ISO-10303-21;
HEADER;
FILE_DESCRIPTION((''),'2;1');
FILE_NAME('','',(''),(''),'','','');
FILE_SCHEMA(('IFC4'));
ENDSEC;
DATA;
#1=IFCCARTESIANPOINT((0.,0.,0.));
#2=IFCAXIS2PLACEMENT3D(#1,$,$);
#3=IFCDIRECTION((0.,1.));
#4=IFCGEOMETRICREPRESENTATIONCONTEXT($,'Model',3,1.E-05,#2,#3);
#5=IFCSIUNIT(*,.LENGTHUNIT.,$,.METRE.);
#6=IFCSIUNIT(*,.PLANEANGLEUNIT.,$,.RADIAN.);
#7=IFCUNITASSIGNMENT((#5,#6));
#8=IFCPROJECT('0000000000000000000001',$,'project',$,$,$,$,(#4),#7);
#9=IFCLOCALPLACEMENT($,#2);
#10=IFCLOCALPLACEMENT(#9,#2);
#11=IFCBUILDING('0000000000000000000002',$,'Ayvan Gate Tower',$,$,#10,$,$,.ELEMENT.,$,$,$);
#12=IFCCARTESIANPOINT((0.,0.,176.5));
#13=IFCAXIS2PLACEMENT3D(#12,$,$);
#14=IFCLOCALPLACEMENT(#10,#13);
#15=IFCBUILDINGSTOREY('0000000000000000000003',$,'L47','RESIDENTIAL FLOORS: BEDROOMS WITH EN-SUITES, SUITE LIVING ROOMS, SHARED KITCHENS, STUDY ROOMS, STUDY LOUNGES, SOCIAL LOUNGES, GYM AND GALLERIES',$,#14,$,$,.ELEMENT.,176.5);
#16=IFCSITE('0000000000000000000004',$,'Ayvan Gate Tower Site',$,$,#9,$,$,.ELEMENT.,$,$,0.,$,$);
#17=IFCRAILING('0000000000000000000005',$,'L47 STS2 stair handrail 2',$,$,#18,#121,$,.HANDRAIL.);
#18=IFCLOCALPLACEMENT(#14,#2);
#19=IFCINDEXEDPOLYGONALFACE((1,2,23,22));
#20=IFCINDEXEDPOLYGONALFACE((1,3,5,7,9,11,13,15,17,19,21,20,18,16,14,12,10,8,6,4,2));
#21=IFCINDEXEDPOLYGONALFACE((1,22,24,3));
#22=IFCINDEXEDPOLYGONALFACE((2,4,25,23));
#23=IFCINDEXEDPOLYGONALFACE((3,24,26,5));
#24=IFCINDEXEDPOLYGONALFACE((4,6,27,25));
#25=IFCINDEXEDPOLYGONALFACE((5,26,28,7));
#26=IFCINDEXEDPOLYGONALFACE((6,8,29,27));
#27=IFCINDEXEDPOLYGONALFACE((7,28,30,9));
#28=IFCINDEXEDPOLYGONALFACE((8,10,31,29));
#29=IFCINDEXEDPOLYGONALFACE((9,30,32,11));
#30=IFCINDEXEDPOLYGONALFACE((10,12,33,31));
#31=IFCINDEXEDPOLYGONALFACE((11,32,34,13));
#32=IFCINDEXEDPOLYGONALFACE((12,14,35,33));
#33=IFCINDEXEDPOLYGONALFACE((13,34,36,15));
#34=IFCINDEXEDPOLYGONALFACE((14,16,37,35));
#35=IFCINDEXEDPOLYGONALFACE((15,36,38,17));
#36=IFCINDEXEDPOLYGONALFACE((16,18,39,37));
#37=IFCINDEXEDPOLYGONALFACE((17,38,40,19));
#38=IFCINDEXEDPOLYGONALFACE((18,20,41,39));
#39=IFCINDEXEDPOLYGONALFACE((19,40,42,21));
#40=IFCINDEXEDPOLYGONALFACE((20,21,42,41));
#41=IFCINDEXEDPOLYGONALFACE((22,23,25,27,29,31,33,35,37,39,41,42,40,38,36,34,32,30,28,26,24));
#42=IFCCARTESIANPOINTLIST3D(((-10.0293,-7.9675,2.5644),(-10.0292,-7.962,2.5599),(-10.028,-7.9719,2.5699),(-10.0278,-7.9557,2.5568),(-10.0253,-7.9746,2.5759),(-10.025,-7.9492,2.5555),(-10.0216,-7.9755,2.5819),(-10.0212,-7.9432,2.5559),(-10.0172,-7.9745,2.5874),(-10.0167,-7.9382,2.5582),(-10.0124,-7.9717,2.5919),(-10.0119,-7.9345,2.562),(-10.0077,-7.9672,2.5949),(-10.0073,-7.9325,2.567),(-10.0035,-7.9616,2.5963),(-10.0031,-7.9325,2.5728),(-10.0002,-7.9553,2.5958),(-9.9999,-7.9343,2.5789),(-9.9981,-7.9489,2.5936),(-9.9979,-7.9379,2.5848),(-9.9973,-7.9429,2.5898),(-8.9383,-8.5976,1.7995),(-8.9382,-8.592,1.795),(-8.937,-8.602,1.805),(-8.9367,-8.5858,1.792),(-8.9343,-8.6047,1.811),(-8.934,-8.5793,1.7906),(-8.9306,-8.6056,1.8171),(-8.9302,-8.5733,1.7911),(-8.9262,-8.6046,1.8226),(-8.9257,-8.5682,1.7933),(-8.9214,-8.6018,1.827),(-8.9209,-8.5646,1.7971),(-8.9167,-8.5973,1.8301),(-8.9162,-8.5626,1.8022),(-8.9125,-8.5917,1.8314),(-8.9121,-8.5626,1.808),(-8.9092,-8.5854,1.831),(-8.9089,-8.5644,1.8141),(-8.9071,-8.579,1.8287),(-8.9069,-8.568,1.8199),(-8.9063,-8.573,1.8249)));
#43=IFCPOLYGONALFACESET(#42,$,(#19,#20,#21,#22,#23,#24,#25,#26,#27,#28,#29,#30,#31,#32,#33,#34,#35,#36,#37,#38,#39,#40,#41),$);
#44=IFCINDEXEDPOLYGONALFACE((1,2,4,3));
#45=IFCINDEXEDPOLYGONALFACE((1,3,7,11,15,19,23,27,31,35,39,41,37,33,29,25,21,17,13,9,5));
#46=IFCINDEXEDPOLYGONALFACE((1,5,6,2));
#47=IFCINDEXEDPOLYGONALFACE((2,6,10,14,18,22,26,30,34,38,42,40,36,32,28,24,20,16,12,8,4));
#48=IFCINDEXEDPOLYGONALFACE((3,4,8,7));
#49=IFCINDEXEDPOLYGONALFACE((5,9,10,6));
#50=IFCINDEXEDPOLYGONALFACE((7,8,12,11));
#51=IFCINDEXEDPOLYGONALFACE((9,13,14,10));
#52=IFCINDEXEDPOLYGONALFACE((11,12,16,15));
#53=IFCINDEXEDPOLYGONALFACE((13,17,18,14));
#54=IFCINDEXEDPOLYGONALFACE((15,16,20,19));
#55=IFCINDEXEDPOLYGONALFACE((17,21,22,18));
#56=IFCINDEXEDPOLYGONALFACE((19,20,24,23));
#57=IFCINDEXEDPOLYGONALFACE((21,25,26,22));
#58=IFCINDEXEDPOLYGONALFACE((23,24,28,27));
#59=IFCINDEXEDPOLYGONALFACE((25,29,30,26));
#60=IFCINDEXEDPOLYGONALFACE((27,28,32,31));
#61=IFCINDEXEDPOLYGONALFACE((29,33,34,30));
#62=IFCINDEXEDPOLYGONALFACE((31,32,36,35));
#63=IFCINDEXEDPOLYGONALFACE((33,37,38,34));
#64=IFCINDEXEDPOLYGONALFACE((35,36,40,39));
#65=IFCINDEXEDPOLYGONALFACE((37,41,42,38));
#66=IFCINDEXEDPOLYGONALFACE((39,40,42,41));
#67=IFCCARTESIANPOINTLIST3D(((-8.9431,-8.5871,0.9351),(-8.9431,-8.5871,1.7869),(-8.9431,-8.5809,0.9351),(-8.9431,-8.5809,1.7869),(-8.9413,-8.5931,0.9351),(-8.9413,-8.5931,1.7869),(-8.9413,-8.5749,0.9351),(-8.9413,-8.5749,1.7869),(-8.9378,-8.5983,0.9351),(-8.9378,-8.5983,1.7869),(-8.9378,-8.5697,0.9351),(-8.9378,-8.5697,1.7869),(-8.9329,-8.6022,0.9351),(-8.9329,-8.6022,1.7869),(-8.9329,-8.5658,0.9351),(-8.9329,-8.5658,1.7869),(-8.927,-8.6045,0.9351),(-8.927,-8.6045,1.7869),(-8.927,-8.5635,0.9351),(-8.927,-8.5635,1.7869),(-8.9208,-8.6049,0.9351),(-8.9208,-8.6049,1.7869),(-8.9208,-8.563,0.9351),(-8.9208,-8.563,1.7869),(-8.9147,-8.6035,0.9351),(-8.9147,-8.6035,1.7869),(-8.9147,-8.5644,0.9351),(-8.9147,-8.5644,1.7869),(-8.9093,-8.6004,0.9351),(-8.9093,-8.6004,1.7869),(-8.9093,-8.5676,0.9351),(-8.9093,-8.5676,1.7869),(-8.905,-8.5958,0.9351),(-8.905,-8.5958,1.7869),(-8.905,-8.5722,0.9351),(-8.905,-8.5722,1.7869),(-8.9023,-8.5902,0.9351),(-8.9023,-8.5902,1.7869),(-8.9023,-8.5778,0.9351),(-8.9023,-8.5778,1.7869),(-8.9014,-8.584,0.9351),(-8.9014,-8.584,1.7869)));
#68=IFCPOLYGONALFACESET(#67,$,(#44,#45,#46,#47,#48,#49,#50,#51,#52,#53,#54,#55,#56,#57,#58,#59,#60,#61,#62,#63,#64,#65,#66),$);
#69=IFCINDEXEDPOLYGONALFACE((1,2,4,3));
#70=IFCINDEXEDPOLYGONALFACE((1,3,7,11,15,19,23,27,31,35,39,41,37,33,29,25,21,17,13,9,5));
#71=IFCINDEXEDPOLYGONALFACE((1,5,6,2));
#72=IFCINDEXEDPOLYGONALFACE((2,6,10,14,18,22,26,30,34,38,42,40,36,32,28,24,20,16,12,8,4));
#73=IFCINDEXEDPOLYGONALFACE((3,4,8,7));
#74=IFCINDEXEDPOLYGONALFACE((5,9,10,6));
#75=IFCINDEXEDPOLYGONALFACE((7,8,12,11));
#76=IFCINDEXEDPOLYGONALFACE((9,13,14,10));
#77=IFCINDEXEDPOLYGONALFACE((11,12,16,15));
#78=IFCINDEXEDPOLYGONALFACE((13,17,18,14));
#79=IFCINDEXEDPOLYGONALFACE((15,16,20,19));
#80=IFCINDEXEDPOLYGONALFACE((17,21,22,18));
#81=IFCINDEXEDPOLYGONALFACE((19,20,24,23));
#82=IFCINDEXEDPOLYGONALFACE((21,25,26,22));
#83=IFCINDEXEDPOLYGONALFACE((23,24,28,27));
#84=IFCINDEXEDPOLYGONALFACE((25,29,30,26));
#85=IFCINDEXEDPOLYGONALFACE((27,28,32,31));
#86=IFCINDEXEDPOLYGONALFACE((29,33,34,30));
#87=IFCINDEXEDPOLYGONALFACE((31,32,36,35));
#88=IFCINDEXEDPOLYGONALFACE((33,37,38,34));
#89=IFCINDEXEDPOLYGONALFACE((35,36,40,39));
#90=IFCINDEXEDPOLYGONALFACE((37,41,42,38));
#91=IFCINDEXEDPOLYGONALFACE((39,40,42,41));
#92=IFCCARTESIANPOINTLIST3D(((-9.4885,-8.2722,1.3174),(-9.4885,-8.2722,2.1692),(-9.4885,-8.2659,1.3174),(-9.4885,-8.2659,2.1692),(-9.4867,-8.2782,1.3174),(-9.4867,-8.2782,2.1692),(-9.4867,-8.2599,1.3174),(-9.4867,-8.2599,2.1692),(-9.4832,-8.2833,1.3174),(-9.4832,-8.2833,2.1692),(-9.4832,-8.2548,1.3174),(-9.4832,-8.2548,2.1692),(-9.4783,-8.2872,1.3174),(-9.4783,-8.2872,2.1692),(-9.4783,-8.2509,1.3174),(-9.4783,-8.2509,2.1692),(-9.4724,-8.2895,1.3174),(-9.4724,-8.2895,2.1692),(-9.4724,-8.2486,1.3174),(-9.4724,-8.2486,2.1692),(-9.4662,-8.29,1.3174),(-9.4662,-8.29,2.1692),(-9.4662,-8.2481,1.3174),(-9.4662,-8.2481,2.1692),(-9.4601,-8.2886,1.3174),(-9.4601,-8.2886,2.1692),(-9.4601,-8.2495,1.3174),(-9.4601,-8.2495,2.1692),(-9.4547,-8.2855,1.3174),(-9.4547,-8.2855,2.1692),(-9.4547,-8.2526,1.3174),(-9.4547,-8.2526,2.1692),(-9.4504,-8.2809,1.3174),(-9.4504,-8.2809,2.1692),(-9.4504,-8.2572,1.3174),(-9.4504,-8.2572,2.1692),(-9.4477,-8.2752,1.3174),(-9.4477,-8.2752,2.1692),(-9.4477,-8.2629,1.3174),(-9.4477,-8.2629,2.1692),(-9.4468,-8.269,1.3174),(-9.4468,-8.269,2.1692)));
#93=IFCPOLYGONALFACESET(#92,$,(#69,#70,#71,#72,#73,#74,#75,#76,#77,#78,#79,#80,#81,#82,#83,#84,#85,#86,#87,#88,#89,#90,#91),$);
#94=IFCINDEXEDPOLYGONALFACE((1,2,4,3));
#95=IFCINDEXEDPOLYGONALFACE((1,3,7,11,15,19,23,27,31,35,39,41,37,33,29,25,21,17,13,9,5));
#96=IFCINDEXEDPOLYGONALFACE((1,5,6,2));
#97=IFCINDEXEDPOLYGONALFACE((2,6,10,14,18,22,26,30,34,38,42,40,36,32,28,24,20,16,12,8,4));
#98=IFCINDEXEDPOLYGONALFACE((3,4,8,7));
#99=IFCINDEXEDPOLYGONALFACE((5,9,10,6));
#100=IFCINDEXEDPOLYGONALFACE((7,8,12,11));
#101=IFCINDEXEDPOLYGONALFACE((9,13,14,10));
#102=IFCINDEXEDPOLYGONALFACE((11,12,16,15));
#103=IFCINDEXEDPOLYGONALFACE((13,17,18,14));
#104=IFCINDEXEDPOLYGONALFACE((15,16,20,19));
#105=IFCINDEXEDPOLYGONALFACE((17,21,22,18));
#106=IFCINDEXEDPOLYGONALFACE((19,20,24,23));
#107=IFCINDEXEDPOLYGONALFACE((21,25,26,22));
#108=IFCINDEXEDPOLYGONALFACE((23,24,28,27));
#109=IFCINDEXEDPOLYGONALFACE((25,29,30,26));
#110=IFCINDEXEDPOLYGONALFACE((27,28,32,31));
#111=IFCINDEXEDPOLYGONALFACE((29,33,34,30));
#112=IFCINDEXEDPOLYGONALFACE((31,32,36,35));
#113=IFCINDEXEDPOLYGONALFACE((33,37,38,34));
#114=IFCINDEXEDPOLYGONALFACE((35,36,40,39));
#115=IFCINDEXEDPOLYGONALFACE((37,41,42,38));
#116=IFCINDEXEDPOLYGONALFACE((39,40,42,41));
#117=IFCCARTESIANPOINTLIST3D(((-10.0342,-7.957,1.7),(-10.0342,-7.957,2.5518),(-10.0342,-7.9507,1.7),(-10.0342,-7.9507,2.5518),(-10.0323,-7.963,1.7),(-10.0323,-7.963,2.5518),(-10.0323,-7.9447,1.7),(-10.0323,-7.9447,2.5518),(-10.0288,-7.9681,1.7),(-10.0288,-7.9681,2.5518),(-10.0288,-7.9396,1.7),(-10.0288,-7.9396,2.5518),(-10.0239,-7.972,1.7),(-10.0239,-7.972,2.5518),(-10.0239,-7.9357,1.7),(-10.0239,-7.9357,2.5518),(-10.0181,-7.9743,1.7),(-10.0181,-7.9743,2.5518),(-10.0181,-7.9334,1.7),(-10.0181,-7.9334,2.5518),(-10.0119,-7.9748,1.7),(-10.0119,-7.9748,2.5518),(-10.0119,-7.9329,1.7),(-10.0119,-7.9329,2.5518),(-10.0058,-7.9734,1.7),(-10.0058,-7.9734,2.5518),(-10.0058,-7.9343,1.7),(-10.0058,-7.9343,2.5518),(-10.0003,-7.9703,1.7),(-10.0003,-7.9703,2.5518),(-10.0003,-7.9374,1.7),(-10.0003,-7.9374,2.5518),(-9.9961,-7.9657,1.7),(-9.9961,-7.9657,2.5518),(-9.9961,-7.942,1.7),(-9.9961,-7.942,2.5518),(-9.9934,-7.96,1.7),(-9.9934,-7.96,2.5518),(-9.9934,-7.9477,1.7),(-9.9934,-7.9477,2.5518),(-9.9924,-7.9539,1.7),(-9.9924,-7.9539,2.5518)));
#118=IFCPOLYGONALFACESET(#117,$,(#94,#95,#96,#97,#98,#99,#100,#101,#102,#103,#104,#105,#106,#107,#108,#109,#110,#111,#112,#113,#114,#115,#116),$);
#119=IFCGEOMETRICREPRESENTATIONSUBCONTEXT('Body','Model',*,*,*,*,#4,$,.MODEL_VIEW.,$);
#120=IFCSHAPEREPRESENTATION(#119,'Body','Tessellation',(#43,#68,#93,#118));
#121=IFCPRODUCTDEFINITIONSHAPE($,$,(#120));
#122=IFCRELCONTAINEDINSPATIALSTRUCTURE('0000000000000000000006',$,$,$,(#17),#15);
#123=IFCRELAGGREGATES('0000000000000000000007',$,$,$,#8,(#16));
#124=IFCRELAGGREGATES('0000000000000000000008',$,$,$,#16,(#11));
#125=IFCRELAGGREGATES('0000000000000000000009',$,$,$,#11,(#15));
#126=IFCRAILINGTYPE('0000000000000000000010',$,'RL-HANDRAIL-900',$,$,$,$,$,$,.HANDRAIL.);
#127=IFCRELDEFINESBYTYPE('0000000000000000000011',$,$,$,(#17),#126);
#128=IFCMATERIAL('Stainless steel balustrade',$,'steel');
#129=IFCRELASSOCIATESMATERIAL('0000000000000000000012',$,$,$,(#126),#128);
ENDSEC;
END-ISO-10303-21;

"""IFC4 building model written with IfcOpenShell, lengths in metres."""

from ifc_helpers import new_model, si_unit, direction, frame, origin, origin_2d, place, context, subcontext, project, spatial, circle, extrude, material, type_object, element, save


model = new_model("IFC4")

# Units and contexts
model_context = context("Model", 3, precision=1e-05, world=origin(), true_north=direction((0.0, 1.0)))
body_context = subcontext(model_context, "Body", "Model", "MODEL_VIEW")
ifc_project = project(units=[si_unit("LENGTHUNIT", "METRE"), si_unit("PLANEANGLEUNIT", "RADIAN")], contexts=[model_context])

# Site, building, storey
site_placement = place(None, origin())
site = spatial("IfcSite", under=ifc_project, at=site_placement, Name="Ayvan Gate Tower Site", CompositionType="ELEMENT", RefElevation=0.0)
building_placement = place(site_placement, origin())
building = spatial("IfcBuilding", under=site, at=building_placement, Name="Ayvan Gate Tower", CompositionType="ELEMENT")
storey_placement = place(building_placement, frame((0.0, 0.0, 176.5)))
storey = spatial("IfcBuildingStorey", under=building, at=storey_placement, Name="L47", Description="RESIDENTIAL FLOORS: BEDROOMS WITH EN-SUITES, SUITE LIVING ROOMS, SHARED KITCHENS, STUDY ROOMS, STUDY LOUNGES, SOCIAL LOUNGES, GYM AND GALLERIES", CompositionType="ELEMENT", Elevation=176.5)

# Railing
ifc_material_1 = material(Name="Stainless steel balustrade", Category="steel")
railing_type_1 = type_object("IfcRailingType", Name="RL-HANDRAIL-900", PredefinedType="HANDRAIL", material=ifc_material_1)
railing_1_placement = place(storey_placement, frame((-8.9224, -8.584, 0.9351)))
element("IfcRailing", 1, at=railing_1_placement, inside=storey, type_object=railing_type_1, Name="L47 STS2 stair handrail 2", PredefinedType="HANDRAIL", context=body_context, shape_type="SweptSolid", body=[
    extrude(circle(Radius=0.0239, at=origin_2d()), frame((0.0, 0.0, 0.876), z_axis=(-0.740229, 0.427508, 0.518939), x_axis=(-0.500119, -0.865956, 0.0)), (0.0, 0.0, 1.0), 1.4739),
    extrude(circle(Radius=0.021, at=origin_2d()), origin(), (0.0, 0.0, 1.0), 0.8518),
    extrude(circle(Radius=0.021, at=origin_2d()), frame((-0.5454, 0.3149, 0.3823)), (0.0, 0.0, 1.0), 0.8518),
    extrude(circle(Radius=0.021, at=origin_2d()), frame((-1.0911, 0.6301, 0.7649)), (0.0, 0.0, 1.0), 0.8518),
])

save(model, "model.ifc")
